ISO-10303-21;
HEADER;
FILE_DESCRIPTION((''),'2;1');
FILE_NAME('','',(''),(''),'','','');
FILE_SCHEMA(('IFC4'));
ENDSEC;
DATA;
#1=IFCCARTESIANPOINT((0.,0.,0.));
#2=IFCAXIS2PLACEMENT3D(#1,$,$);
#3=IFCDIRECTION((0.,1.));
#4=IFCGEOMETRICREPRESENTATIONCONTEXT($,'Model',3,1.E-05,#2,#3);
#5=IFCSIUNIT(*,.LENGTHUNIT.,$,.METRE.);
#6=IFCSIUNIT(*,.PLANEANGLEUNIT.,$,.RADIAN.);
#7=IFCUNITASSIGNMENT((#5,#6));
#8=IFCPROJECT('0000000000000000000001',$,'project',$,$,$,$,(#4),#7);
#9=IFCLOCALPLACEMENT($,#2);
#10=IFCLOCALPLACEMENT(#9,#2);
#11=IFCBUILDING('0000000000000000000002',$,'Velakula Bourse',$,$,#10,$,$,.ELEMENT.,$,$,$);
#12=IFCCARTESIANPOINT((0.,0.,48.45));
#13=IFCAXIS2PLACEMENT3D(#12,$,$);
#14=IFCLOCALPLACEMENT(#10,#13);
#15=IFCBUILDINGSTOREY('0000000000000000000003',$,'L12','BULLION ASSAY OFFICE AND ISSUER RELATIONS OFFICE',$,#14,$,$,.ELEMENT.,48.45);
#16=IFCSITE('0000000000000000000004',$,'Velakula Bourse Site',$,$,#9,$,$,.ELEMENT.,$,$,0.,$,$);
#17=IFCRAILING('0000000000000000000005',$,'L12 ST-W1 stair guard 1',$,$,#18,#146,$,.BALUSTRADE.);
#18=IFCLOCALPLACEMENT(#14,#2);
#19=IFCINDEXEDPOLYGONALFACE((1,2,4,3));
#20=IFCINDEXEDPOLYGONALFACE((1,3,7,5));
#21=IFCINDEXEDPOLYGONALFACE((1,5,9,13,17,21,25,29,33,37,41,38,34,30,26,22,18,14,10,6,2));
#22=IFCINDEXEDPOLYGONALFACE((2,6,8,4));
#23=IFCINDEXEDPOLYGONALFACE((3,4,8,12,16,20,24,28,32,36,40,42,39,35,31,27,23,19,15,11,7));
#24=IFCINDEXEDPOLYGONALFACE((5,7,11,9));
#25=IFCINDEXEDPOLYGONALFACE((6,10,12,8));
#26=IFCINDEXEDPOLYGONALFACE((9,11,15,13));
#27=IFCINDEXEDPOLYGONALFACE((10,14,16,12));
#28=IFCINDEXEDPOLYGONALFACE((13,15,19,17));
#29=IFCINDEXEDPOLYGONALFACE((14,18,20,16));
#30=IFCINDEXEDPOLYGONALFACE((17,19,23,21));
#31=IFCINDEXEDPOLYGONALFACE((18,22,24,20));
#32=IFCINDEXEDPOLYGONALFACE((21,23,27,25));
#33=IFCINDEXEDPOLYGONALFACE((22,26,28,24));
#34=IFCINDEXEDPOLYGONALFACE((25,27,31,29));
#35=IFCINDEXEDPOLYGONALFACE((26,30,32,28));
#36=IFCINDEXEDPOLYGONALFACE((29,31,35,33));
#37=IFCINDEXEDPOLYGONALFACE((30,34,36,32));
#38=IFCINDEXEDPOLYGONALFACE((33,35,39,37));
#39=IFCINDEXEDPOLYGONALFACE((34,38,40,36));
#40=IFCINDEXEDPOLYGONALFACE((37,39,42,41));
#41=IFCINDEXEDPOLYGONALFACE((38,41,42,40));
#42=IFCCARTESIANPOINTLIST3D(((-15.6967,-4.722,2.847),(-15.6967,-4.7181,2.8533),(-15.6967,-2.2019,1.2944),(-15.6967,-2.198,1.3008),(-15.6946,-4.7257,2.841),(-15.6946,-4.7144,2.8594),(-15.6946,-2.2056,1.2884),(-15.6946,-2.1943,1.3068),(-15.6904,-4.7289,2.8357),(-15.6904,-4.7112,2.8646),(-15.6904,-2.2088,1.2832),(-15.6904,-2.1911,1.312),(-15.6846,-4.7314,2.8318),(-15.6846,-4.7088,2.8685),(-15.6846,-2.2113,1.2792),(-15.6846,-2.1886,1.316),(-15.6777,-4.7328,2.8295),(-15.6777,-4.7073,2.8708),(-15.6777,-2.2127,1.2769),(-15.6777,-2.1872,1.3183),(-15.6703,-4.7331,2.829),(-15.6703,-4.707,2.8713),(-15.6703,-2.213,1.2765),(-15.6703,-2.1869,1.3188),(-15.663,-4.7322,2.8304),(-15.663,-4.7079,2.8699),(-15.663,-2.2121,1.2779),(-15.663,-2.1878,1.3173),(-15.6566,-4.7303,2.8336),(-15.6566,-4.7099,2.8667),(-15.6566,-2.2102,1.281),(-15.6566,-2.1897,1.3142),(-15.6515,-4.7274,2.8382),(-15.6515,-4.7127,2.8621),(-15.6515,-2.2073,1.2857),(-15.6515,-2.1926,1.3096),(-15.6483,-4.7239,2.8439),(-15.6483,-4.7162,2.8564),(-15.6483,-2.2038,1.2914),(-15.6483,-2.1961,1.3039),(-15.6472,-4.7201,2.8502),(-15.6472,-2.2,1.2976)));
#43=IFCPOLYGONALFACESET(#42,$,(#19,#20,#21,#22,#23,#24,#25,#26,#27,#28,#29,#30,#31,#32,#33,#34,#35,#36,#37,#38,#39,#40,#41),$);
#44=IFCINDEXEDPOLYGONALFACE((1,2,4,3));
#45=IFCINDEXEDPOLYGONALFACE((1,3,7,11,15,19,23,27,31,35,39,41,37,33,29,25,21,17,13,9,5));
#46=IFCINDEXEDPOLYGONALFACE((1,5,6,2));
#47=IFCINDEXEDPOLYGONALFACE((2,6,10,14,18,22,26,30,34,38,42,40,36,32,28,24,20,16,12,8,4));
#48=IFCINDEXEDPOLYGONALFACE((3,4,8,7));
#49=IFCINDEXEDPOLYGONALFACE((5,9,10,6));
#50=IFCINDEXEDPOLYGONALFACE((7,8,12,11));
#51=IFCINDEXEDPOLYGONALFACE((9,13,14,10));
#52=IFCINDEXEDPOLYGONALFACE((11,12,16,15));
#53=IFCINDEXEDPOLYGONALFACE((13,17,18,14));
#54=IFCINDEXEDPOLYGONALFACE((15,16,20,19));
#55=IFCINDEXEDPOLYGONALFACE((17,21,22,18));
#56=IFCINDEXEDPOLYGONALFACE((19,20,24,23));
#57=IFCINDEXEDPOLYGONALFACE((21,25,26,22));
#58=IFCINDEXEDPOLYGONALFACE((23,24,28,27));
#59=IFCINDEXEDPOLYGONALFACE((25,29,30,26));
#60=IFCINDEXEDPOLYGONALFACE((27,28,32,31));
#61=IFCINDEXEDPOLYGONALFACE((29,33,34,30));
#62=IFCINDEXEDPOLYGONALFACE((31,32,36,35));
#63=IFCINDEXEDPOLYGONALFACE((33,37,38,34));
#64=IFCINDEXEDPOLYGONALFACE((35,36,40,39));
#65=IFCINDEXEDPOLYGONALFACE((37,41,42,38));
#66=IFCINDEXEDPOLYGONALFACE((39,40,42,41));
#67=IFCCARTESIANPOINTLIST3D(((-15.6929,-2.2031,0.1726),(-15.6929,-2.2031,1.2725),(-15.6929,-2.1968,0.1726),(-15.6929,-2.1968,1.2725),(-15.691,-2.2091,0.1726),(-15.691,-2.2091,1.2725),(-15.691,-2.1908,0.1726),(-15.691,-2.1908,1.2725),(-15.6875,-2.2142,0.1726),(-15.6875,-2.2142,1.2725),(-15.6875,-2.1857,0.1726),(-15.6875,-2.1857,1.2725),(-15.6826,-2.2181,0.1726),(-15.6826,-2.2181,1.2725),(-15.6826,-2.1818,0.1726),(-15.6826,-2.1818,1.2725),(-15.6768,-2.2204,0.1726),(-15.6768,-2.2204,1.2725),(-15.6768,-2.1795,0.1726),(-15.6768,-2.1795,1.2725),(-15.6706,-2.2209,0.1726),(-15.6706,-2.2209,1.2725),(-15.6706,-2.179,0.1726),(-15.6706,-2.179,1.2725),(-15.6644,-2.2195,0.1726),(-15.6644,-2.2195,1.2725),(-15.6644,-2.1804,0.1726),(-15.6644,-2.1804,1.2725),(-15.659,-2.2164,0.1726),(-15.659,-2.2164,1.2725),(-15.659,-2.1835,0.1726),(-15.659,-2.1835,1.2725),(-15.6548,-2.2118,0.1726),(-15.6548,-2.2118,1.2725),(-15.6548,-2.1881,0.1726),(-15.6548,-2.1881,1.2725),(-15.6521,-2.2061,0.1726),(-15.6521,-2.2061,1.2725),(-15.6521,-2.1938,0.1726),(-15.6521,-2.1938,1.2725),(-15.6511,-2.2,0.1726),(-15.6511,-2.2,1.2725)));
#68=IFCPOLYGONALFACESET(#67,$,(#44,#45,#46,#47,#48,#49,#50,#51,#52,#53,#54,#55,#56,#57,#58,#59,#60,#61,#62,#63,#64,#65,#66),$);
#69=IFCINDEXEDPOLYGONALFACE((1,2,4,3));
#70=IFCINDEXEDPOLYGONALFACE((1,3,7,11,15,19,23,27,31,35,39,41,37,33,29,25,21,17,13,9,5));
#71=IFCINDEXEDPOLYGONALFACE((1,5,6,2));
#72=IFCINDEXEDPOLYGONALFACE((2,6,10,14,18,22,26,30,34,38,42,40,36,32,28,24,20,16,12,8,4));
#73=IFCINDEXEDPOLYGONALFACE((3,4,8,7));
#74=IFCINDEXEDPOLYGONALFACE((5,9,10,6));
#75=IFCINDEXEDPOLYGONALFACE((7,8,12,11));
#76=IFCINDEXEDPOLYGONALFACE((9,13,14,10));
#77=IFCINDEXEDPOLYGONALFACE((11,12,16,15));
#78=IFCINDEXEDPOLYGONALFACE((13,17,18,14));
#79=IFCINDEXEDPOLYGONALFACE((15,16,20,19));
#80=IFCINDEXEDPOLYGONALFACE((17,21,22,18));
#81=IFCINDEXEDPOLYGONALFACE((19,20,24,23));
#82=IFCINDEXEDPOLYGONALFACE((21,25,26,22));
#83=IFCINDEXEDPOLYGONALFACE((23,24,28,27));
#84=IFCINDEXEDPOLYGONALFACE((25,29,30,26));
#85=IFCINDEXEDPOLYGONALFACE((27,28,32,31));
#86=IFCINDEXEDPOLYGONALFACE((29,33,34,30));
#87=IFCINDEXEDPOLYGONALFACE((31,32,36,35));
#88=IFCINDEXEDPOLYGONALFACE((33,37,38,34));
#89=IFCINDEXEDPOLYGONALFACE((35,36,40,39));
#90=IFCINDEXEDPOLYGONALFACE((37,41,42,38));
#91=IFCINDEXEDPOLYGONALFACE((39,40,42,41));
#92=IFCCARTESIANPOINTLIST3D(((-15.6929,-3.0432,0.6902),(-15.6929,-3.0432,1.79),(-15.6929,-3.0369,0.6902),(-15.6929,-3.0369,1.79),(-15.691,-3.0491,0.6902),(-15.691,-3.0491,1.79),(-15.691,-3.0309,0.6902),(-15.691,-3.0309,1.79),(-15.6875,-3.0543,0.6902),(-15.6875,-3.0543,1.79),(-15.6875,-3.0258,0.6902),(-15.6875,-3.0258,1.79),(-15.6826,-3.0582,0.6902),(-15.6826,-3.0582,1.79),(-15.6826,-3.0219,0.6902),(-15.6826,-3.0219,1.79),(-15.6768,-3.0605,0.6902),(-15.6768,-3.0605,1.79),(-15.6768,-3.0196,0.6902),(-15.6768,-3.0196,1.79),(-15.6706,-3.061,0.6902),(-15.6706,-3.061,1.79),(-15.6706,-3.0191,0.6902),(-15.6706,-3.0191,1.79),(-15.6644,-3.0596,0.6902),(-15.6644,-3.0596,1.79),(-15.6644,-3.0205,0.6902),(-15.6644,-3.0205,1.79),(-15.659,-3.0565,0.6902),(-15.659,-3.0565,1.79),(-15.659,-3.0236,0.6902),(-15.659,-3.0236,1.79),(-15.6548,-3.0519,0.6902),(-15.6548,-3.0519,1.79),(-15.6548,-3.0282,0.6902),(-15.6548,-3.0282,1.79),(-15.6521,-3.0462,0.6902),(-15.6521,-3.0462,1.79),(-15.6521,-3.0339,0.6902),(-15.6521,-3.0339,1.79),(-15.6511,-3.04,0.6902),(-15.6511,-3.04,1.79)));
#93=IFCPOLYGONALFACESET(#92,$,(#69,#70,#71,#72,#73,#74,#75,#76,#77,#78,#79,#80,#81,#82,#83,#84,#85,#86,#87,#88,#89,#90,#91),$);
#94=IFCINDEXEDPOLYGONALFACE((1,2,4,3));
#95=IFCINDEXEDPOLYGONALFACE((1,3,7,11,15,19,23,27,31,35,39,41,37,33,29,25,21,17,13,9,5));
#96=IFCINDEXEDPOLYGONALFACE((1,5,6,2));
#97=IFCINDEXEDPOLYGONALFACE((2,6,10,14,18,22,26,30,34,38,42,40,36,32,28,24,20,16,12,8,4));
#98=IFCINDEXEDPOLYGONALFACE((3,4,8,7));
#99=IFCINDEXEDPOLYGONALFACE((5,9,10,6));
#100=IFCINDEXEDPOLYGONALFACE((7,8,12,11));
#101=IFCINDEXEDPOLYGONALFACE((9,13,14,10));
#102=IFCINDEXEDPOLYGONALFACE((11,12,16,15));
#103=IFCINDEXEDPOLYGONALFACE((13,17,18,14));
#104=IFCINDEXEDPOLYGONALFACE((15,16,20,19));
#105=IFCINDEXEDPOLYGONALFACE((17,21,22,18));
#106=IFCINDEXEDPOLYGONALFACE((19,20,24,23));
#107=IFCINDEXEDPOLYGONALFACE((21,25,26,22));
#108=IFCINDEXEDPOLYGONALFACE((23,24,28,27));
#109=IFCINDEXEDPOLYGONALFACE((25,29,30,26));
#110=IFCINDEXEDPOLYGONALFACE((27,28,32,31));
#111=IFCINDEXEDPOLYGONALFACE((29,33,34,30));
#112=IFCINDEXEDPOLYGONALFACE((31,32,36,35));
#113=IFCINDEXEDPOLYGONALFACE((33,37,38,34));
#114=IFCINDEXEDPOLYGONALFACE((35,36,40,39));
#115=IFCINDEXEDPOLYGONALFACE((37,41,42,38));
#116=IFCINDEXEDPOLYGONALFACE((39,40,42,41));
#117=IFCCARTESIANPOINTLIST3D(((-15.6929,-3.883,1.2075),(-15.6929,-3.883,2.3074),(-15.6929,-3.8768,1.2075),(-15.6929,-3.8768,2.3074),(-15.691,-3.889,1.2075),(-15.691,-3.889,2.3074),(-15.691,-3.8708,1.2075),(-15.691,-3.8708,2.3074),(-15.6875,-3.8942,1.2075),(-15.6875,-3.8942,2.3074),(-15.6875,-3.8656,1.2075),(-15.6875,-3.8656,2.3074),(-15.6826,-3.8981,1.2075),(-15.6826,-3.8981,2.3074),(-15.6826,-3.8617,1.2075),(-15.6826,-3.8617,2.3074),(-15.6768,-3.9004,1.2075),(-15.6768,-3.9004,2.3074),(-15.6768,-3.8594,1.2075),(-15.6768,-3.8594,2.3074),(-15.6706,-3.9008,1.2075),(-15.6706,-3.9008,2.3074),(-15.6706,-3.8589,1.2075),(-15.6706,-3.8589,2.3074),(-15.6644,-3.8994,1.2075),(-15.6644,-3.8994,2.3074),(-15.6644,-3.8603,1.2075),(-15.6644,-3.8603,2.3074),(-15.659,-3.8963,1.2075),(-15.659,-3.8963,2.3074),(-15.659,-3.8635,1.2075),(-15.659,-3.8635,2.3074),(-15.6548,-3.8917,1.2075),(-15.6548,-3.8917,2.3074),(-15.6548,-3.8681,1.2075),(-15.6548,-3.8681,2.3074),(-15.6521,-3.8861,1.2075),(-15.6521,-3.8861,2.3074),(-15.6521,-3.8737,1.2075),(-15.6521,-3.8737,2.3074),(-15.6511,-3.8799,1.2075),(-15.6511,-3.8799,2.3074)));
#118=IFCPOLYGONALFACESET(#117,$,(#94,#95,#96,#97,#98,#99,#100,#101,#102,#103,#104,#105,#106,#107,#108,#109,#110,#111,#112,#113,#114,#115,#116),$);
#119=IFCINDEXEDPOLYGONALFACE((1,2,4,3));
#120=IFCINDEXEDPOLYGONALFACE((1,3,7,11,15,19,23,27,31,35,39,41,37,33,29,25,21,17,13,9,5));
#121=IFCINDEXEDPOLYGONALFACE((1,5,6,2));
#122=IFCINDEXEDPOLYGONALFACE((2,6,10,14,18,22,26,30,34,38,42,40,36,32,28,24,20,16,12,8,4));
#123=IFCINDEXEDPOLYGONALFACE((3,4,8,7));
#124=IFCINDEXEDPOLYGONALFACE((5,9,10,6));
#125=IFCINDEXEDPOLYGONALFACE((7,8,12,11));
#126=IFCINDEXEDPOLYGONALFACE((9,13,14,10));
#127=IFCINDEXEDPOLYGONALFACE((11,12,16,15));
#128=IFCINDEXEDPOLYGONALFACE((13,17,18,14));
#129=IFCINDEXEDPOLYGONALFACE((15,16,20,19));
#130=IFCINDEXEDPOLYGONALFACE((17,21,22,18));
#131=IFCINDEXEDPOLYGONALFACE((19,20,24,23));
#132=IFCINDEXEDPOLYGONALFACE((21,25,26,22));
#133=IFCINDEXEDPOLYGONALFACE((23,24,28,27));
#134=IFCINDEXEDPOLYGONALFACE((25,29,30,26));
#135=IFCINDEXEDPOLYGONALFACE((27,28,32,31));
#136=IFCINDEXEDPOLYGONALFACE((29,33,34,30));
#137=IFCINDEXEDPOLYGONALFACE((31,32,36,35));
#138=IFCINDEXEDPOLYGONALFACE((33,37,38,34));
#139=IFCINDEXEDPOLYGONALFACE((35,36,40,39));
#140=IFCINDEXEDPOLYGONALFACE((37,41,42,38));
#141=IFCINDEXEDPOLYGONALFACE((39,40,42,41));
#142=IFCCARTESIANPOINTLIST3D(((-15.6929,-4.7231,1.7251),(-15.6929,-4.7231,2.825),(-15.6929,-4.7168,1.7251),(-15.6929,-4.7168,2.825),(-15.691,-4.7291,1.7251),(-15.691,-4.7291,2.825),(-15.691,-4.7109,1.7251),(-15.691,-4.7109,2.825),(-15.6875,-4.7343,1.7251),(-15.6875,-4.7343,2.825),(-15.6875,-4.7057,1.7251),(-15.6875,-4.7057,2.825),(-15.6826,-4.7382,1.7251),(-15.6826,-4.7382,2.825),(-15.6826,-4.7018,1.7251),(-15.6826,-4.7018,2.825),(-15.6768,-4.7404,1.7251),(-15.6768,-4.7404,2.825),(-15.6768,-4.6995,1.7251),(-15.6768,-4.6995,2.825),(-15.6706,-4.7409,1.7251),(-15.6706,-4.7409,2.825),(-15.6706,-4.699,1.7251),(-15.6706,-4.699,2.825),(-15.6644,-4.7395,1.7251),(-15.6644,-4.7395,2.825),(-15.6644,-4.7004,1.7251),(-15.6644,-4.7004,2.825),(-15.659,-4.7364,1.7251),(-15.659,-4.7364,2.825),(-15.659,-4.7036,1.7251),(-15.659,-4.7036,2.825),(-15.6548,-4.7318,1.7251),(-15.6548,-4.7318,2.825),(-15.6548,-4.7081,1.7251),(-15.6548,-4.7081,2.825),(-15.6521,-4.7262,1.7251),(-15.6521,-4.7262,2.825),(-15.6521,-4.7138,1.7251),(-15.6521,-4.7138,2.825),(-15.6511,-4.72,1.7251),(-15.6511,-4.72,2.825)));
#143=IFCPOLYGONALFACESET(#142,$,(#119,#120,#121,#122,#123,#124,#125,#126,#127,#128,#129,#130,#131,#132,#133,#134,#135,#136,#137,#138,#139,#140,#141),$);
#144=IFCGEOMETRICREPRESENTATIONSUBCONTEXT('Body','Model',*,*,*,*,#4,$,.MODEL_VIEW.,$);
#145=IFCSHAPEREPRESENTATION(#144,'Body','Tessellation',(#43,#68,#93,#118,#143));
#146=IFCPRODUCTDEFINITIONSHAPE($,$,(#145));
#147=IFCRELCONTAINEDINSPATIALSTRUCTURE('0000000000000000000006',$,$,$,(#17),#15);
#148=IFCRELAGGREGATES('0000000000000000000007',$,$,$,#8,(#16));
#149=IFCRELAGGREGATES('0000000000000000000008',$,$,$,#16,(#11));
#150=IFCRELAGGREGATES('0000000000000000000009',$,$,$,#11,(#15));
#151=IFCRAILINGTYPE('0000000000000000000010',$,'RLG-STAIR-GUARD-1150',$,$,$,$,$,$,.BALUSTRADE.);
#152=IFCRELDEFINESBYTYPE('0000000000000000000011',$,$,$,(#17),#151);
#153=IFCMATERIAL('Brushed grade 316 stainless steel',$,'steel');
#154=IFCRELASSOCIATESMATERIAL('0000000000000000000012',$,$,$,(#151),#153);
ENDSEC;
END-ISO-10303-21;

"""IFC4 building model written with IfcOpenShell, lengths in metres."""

from ifc_helpers import new_model, si_unit, direction, frame, origin, origin_2d, place, context, subcontext, project, spatial, circle, extrude, material, type_object, element, save


model = new_model("IFC4")

# Units and contexts
model_context = context("Model", 3, precision=1e-05, world=origin(), true_north=direction((0.0, 1.0)))
body_context = subcontext(model_context, "Body", "Model", "MODEL_VIEW")
ifc_project = project(units=[si_unit("LENGTHUNIT", "METRE"), si_unit("PLANEANGLEUNIT", "RADIAN")], contexts=[model_context])

# Site, building, storey
site_placement = place(None, origin())
site = spatial("IfcSite", under=ifc_project, at=site_placement, Name="Velakula Bourse Site", CompositionType="ELEMENT", RefElevation=0.0)
building_placement = place(site_placement, origin())
building = spatial("IfcBuilding", under=site, at=building_placement, Name="Velakula Bourse", CompositionType="ELEMENT")
storey_placement = place(building_placement, frame((0.0, 0.0, 48.45)))
storey = spatial("IfcBuildingStorey", under=building, at=storey_placement, Name="L12", Description="BULLION ASSAY OFFICE AND ISSUER RELATIONS OFFICE", CompositionType="ELEMENT", Elevation=48.45)

# Shared definitions
ifc_material_1 = material(Name="Brushed grade 316 stainless steel", Category="steel")

# Railing
railing_type_1 = type_object("IfcRailingType", Name="RLG-STAIR-GUARD-1150", PredefinedType="BALUSTRADE", material=ifc_material_1)
railing_1_placement = place(storey_placement, frame((-15.6721, -2.2, 0.1726)))
element("IfcRailing", 1, at=railing_1_placement, inside=storey, type_object=railing_type_1, Name="L12 ST-W1 stair guard 1", PredefinedType="BALUSTRADE", context=body_context, shape_type="SweptSolid", body=[
    extrude(circle(Radius=0.0249, at=origin_2d()), frame((0.0, 0.0, 1.125), z_axis=(0.0, -0.8514, 0.524516), x_axis=(1.0, 0.0, 0.0)), (0.0, 0.0, 1.0), 2.96),
    extrude(circle(Radius=0.021, at=origin_2d()), origin(), (0.0, 0.0, 1.0), 1.0999),
    extrude(circle(Radius=0.021, at=origin_2d()), frame((0.0, -0.8401, 0.5176)), (0.0, 0.0, 1.0), 1.0999),
    extrude(circle(Radius=0.021, at=origin_2d()), frame((0.0, -1.6799, 1.0349)), (0.0, 0.0, 1.0), 1.0999),
    extrude(circle(Radius=0.021, at=origin_2d()), frame((0.0, -2.52, 1.5525)), (0.0, 0.0, 1.0), 1.0999),
])

save(model, "model.ifc")
